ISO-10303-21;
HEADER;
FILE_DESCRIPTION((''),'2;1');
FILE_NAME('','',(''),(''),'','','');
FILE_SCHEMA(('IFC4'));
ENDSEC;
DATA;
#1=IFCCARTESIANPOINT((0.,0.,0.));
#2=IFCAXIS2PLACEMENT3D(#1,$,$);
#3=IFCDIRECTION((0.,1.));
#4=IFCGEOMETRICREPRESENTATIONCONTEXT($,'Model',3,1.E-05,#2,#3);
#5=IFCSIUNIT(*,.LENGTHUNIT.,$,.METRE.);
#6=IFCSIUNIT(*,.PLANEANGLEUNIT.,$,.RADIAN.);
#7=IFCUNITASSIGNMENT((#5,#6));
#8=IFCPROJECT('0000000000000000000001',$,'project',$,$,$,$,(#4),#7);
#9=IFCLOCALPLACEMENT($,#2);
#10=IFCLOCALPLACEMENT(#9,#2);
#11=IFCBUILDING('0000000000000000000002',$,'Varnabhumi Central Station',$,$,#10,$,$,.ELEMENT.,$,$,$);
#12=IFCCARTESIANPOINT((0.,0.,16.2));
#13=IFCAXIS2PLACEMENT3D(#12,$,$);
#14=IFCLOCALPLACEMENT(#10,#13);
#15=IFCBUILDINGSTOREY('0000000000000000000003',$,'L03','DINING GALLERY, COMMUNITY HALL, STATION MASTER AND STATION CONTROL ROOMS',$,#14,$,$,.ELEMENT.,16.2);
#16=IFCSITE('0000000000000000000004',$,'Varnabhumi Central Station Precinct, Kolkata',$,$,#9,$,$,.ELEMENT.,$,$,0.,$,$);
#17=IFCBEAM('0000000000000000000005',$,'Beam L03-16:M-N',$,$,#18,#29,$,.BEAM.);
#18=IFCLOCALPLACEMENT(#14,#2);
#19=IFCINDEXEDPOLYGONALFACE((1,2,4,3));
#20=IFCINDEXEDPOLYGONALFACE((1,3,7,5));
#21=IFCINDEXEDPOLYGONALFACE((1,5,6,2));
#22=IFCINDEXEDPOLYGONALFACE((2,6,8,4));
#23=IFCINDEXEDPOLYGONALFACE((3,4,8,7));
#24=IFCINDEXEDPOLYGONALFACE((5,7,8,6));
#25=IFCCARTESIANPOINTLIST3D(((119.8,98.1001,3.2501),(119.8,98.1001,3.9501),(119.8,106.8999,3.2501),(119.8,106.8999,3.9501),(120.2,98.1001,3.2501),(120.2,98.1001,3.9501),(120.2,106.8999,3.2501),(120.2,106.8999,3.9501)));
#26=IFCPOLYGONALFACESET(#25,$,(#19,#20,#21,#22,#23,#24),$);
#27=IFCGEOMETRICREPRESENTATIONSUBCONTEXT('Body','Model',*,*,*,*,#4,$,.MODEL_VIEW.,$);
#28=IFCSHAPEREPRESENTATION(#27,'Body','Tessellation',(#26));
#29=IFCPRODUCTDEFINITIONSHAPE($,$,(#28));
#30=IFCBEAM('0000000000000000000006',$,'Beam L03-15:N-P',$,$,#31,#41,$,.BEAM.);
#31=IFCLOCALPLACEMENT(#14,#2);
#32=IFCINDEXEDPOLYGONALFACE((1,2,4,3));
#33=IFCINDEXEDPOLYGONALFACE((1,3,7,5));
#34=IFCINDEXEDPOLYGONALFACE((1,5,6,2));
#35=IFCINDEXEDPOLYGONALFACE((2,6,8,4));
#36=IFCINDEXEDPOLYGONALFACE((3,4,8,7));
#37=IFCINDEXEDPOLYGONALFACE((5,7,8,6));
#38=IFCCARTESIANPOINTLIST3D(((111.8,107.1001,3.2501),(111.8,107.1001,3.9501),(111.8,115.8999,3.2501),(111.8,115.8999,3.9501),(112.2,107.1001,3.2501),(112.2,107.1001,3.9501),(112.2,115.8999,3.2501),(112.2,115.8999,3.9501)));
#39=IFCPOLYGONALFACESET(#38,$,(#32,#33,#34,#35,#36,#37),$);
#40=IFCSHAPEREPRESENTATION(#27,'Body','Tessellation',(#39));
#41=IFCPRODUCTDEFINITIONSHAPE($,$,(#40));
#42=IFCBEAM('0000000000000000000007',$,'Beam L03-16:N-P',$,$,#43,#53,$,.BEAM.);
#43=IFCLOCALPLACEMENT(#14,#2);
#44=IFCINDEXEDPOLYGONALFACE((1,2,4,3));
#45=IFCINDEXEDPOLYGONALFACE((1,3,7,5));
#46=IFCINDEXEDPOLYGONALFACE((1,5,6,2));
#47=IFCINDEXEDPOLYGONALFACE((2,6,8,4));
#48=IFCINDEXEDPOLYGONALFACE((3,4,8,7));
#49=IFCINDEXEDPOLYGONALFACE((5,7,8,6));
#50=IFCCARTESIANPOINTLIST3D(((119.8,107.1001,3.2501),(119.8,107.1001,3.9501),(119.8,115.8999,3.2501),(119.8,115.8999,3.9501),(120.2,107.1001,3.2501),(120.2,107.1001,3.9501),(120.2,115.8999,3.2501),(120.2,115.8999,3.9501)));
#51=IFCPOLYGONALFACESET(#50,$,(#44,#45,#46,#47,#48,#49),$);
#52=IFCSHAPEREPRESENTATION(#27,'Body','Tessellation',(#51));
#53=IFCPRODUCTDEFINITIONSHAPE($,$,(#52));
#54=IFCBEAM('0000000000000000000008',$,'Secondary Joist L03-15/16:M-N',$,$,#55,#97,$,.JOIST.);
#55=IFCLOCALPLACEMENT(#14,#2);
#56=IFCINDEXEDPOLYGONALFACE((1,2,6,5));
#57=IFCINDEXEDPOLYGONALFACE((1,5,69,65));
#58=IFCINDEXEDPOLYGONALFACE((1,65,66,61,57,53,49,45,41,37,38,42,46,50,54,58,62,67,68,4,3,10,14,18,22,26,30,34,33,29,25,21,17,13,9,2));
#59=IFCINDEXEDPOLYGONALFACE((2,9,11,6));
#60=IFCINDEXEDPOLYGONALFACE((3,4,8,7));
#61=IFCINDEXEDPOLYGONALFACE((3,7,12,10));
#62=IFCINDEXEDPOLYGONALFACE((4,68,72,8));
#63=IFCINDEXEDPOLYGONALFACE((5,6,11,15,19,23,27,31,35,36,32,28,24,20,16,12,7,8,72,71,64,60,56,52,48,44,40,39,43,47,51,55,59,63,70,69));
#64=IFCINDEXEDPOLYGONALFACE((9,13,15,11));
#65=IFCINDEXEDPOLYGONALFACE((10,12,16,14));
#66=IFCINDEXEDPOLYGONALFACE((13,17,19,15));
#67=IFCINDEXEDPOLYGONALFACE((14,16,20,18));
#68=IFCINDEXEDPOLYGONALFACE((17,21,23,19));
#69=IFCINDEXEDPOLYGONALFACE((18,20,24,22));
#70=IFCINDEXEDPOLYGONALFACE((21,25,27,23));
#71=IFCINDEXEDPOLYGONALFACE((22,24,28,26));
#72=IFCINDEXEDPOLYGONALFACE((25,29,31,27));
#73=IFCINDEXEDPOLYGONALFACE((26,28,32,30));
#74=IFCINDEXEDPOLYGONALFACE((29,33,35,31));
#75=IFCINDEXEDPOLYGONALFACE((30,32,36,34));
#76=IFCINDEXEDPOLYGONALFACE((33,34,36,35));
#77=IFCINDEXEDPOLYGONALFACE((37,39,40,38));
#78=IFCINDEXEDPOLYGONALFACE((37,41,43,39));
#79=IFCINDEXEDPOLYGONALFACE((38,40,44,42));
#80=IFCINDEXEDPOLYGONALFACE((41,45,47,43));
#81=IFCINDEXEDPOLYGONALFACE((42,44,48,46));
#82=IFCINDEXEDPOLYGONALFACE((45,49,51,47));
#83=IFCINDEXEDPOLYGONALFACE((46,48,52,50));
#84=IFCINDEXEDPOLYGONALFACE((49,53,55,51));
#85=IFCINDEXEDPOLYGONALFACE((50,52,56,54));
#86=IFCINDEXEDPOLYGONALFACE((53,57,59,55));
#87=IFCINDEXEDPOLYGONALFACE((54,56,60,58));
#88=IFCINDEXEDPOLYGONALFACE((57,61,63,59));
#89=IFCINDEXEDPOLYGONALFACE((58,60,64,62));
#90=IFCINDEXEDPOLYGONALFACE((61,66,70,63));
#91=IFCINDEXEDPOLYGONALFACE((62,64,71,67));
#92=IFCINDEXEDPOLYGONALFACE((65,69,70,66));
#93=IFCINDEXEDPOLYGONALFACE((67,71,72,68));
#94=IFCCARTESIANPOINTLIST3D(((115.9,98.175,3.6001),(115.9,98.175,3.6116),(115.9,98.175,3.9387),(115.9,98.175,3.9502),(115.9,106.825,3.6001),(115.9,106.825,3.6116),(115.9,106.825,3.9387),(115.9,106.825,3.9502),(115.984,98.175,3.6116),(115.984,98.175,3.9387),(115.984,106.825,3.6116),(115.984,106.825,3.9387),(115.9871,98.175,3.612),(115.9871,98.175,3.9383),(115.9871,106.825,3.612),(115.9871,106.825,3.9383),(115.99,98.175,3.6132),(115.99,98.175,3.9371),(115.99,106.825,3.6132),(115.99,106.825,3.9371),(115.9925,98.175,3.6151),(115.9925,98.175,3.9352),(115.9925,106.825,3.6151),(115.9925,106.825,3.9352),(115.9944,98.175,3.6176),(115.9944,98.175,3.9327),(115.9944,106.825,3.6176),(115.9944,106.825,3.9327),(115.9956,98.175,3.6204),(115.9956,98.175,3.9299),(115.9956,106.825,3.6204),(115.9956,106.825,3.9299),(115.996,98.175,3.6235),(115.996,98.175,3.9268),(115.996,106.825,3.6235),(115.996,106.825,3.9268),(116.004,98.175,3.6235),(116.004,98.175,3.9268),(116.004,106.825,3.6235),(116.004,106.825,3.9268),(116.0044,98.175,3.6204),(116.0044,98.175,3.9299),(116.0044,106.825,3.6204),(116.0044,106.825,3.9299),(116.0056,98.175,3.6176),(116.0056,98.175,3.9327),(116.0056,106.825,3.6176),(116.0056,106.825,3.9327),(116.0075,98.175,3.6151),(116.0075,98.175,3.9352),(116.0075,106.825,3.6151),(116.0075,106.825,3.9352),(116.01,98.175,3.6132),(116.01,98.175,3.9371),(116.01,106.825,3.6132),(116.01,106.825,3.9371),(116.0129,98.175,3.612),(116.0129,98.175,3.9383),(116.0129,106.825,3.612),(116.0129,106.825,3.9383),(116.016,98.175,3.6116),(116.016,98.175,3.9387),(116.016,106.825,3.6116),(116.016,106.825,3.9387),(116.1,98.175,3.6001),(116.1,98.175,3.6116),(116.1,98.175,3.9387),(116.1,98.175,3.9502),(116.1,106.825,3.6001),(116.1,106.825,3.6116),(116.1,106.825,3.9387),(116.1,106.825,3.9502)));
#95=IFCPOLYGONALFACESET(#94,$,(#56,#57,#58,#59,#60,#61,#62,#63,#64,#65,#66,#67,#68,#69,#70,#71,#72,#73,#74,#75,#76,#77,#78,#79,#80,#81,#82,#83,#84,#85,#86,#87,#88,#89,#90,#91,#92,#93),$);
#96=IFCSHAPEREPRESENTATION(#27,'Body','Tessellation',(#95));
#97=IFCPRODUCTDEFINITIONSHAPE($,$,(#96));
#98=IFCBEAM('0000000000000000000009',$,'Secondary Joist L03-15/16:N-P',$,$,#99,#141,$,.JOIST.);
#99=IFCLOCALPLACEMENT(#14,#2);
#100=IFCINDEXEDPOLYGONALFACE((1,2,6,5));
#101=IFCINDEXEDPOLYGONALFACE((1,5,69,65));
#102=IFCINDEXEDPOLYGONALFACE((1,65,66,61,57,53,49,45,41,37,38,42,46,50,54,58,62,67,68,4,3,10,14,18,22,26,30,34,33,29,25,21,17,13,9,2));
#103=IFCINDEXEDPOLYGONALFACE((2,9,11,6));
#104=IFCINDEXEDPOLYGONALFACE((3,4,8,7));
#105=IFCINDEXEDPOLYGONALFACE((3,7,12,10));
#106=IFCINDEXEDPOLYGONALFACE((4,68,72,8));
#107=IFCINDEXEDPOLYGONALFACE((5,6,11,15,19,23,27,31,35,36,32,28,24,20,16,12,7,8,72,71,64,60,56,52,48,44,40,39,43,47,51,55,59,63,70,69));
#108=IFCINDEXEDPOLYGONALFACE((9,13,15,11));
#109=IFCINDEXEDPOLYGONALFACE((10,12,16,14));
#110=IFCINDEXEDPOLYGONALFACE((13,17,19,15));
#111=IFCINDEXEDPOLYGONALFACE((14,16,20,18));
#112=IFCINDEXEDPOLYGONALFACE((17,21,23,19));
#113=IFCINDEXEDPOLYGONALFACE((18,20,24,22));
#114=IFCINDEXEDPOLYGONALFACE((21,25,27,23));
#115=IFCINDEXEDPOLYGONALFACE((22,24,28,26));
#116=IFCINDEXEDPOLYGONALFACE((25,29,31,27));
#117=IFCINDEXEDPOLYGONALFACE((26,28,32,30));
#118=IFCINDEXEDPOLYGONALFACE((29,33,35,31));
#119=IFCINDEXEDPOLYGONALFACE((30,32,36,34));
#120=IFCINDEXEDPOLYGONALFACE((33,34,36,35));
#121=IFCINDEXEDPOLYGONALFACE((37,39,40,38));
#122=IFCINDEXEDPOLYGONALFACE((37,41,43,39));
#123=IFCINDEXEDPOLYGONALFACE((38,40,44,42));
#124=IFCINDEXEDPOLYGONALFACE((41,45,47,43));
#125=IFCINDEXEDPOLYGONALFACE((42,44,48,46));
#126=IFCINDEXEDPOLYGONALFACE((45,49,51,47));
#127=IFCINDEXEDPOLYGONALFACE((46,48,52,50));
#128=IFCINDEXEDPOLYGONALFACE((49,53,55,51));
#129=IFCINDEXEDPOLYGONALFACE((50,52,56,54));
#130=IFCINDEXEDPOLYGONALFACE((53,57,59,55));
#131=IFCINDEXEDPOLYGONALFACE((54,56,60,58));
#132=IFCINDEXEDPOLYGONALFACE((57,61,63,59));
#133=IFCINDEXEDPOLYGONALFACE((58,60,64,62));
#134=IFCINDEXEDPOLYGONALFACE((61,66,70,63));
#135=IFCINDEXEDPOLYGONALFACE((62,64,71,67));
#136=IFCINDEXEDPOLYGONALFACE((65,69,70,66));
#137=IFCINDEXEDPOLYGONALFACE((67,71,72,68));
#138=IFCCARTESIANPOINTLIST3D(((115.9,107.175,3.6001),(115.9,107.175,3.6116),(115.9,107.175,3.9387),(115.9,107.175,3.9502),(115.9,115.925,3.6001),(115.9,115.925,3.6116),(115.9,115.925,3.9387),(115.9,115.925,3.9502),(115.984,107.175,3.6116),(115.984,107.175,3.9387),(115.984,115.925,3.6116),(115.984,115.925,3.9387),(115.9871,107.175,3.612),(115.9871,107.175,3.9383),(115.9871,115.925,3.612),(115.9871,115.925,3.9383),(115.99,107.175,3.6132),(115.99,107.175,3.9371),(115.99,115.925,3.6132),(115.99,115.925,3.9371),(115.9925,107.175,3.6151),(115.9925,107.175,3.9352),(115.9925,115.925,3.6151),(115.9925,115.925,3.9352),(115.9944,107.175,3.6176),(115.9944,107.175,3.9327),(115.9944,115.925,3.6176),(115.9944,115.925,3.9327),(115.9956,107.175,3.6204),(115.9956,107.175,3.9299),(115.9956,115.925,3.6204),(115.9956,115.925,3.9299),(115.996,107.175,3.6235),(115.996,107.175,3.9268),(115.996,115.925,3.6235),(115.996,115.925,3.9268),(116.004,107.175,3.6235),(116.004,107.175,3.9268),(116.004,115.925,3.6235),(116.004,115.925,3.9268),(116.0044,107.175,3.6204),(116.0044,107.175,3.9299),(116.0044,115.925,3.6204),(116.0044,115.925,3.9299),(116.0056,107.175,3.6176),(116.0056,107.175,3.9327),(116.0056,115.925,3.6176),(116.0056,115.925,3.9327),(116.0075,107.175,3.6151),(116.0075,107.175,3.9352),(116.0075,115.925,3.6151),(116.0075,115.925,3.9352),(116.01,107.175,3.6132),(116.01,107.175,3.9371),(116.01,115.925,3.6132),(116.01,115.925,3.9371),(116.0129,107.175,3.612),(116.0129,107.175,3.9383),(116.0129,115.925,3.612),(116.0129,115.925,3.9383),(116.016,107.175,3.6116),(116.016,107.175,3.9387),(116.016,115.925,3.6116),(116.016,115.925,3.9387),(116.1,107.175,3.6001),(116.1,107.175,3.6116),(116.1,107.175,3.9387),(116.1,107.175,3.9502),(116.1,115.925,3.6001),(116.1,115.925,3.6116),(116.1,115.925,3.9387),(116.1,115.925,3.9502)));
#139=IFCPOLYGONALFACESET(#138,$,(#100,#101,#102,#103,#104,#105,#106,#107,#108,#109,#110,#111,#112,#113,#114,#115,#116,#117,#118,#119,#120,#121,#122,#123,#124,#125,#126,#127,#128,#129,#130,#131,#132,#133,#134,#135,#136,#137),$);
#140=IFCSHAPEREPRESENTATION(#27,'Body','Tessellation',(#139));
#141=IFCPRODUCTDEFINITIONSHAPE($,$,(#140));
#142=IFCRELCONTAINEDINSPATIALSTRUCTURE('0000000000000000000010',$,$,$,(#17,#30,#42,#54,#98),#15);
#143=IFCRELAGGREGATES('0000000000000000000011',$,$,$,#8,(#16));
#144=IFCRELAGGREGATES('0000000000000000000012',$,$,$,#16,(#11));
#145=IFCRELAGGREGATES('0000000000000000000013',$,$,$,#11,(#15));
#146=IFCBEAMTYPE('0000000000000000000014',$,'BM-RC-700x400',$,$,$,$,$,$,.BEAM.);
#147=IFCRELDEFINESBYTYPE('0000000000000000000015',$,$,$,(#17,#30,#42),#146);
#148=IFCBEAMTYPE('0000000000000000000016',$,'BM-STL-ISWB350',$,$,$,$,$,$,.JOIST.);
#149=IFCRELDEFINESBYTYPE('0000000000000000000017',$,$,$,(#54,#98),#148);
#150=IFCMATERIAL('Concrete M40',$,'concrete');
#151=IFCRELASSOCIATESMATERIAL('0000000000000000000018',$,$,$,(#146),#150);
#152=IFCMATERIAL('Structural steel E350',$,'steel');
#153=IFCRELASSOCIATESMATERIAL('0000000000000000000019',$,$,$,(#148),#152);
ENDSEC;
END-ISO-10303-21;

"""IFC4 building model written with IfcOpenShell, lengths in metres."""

from ifc_helpers import new_model, si_unit, direction, frame, origin, origin_2d, place, context, subcontext, project, spatial, rectangle, i_section, extrude, material, material_profile, profile_set, type_object, element, save


model = new_model("IFC4")

# Units and contexts
model_context = context("Model", 3, precision=1e-05, world=origin(), true_north=direction((0.0, 1.0)))
body_context = subcontext(model_context, "Body", "Model", "MODEL_VIEW")
ifc_project = project(units=[si_unit("LENGTHUNIT", "METRE"), si_unit("PLANEANGLEUNIT", "RADIAN")], contexts=[model_context])

# Site, building, storey
site_placement = place(None, origin())
site = spatial("IfcSite", under=ifc_project, at=site_placement, Name="Varnabhumi Central Station Precinct, Kolkata", CompositionType="ELEMENT", RefElevation=0.0)
building_placement = place(site_placement, origin())
building = spatial("IfcBuilding", under=site, at=building_placement, Name="Varnabhumi Central Station", CompositionType="ELEMENT")
storey_placement = place(building_placement, frame((0.0, 0.0, 16.2)))
storey = spatial("IfcBuildingStorey", under=building, at=storey_placement, Name="L03", Description="DINING GALLERY, COMMUNITY HALL, STATION MASTER AND STATION CONTROL ROOMS", CompositionType="ELEMENT", Elevation=16.2)

# Shared definitions
ifc_material_1 = material(Name="Concrete M40", Category="concrete")

# Beams
ifc_material_2 = material(Name="Structural steel E350", Category="steel")
ifc_material_profile_1 = material_profile(ifc_material_1, rectangle(XDim=0.3999, YDim=0.7, at=origin_2d()), Name="Concrete M40", Category="concrete")
ifc_profile_set_1 = profile_set([ifc_material_profile_1], Name="Concrete M40")
beam_type_1 = type_object("IfcBeamType", Name="BM-RC-700x400", PredefinedType="BEAM", material=ifc_profile_set_1)
for number, where, z_axis, x_axis, name in (
    (1, (120.0, 98.1001, 3.6001), (0.0, 1.0, 0.0), (-1.0, 0.0, 0.0), "Beam L03-16:M-N"),
    (2, (112.0, 107.1001, 3.6001), (0.0, 1.0, 0.0), (-1.0, 0.0, 0.0), "Beam L03-15:N-P"),
    (3, (120.0, 107.1001, 3.6001), (0.0, 1.0, 0.0), (-1.0, 0.0, 0.0), "Beam L03-16:N-P"),
):
    element("IfcBeam", number, at=place(storey_placement, frame(where, z_axis=z_axis, x_axis=x_axis)), inside=storey, type_object=beam_type_1, Name=name, PredefinedType="BEAM", context=body_context, shape_type="SweptSolid", body=[
        extrude(rectangle(XDim=0.3999, YDim=0.7, at=origin_2d()), origin(), (0.0, 0.0, 1.0), 8.7998),
    ])
ifc_material_profile_2 = material_profile(ifc_material_2, i_section(OverallWidth=0.2, OverallDepth=0.3501, WebThickness=0.0081, FlangeThickness=0.0115, FilletRadius=0.012, at=origin_2d()), Name="Structural steel E350", Category="steel")
ifc_profile_set_2 = profile_set([ifc_material_profile_2], Name="Structural steel E350")
beam_type_2 = type_object("IfcBeamType", Name="BM-STL-ISWB350", PredefinedType="JOIST", material=ifc_profile_set_2)
beam_1_placement = place(storey_placement, frame((116.0, 98.175, 3.7751), z_axis=(0.0, 1.0, 0.0), x_axis=(-1.0, 0.0, 0.0)))
element("IfcBeam", 4, at=beam_1_placement, inside=storey, type_object=beam_type_2, Name="Secondary Joist L03-15/16:M-N", PredefinedType="JOIST", context=body_context, shape_type="SweptSolid", body=[
    extrude(i_section(OverallWidth=0.2, OverallDepth=0.3501, WebThickness=0.0081, FlangeThickness=0.0115, FilletRadius=0.012, at=origin_2d()), origin(), (0.0, 0.0, 1.0), 8.6499),
])
beam_2_placement = place(storey_placement, frame((116.0, 107.175, 3.7751), z_axis=(0.0, 1.0, 0.0), x_axis=(-1.0, 0.0, 0.0)))
element("IfcBeam", 5, at=beam_2_placement, inside=storey, type_object=beam_type_2, Name="Secondary Joist L03-15/16:N-P", PredefinedType="JOIST", context=body_context, shape_type="SweptSolid", body=[
    extrude(i_section(OverallWidth=0.2, OverallDepth=0.3501, WebThickness=0.0081, FlangeThickness=0.0115, FilletRadius=0.012, at=origin_2d()), origin(), (0.0, 0.0, 1.0), 8.75),
])

save(model, "model.ifc")
